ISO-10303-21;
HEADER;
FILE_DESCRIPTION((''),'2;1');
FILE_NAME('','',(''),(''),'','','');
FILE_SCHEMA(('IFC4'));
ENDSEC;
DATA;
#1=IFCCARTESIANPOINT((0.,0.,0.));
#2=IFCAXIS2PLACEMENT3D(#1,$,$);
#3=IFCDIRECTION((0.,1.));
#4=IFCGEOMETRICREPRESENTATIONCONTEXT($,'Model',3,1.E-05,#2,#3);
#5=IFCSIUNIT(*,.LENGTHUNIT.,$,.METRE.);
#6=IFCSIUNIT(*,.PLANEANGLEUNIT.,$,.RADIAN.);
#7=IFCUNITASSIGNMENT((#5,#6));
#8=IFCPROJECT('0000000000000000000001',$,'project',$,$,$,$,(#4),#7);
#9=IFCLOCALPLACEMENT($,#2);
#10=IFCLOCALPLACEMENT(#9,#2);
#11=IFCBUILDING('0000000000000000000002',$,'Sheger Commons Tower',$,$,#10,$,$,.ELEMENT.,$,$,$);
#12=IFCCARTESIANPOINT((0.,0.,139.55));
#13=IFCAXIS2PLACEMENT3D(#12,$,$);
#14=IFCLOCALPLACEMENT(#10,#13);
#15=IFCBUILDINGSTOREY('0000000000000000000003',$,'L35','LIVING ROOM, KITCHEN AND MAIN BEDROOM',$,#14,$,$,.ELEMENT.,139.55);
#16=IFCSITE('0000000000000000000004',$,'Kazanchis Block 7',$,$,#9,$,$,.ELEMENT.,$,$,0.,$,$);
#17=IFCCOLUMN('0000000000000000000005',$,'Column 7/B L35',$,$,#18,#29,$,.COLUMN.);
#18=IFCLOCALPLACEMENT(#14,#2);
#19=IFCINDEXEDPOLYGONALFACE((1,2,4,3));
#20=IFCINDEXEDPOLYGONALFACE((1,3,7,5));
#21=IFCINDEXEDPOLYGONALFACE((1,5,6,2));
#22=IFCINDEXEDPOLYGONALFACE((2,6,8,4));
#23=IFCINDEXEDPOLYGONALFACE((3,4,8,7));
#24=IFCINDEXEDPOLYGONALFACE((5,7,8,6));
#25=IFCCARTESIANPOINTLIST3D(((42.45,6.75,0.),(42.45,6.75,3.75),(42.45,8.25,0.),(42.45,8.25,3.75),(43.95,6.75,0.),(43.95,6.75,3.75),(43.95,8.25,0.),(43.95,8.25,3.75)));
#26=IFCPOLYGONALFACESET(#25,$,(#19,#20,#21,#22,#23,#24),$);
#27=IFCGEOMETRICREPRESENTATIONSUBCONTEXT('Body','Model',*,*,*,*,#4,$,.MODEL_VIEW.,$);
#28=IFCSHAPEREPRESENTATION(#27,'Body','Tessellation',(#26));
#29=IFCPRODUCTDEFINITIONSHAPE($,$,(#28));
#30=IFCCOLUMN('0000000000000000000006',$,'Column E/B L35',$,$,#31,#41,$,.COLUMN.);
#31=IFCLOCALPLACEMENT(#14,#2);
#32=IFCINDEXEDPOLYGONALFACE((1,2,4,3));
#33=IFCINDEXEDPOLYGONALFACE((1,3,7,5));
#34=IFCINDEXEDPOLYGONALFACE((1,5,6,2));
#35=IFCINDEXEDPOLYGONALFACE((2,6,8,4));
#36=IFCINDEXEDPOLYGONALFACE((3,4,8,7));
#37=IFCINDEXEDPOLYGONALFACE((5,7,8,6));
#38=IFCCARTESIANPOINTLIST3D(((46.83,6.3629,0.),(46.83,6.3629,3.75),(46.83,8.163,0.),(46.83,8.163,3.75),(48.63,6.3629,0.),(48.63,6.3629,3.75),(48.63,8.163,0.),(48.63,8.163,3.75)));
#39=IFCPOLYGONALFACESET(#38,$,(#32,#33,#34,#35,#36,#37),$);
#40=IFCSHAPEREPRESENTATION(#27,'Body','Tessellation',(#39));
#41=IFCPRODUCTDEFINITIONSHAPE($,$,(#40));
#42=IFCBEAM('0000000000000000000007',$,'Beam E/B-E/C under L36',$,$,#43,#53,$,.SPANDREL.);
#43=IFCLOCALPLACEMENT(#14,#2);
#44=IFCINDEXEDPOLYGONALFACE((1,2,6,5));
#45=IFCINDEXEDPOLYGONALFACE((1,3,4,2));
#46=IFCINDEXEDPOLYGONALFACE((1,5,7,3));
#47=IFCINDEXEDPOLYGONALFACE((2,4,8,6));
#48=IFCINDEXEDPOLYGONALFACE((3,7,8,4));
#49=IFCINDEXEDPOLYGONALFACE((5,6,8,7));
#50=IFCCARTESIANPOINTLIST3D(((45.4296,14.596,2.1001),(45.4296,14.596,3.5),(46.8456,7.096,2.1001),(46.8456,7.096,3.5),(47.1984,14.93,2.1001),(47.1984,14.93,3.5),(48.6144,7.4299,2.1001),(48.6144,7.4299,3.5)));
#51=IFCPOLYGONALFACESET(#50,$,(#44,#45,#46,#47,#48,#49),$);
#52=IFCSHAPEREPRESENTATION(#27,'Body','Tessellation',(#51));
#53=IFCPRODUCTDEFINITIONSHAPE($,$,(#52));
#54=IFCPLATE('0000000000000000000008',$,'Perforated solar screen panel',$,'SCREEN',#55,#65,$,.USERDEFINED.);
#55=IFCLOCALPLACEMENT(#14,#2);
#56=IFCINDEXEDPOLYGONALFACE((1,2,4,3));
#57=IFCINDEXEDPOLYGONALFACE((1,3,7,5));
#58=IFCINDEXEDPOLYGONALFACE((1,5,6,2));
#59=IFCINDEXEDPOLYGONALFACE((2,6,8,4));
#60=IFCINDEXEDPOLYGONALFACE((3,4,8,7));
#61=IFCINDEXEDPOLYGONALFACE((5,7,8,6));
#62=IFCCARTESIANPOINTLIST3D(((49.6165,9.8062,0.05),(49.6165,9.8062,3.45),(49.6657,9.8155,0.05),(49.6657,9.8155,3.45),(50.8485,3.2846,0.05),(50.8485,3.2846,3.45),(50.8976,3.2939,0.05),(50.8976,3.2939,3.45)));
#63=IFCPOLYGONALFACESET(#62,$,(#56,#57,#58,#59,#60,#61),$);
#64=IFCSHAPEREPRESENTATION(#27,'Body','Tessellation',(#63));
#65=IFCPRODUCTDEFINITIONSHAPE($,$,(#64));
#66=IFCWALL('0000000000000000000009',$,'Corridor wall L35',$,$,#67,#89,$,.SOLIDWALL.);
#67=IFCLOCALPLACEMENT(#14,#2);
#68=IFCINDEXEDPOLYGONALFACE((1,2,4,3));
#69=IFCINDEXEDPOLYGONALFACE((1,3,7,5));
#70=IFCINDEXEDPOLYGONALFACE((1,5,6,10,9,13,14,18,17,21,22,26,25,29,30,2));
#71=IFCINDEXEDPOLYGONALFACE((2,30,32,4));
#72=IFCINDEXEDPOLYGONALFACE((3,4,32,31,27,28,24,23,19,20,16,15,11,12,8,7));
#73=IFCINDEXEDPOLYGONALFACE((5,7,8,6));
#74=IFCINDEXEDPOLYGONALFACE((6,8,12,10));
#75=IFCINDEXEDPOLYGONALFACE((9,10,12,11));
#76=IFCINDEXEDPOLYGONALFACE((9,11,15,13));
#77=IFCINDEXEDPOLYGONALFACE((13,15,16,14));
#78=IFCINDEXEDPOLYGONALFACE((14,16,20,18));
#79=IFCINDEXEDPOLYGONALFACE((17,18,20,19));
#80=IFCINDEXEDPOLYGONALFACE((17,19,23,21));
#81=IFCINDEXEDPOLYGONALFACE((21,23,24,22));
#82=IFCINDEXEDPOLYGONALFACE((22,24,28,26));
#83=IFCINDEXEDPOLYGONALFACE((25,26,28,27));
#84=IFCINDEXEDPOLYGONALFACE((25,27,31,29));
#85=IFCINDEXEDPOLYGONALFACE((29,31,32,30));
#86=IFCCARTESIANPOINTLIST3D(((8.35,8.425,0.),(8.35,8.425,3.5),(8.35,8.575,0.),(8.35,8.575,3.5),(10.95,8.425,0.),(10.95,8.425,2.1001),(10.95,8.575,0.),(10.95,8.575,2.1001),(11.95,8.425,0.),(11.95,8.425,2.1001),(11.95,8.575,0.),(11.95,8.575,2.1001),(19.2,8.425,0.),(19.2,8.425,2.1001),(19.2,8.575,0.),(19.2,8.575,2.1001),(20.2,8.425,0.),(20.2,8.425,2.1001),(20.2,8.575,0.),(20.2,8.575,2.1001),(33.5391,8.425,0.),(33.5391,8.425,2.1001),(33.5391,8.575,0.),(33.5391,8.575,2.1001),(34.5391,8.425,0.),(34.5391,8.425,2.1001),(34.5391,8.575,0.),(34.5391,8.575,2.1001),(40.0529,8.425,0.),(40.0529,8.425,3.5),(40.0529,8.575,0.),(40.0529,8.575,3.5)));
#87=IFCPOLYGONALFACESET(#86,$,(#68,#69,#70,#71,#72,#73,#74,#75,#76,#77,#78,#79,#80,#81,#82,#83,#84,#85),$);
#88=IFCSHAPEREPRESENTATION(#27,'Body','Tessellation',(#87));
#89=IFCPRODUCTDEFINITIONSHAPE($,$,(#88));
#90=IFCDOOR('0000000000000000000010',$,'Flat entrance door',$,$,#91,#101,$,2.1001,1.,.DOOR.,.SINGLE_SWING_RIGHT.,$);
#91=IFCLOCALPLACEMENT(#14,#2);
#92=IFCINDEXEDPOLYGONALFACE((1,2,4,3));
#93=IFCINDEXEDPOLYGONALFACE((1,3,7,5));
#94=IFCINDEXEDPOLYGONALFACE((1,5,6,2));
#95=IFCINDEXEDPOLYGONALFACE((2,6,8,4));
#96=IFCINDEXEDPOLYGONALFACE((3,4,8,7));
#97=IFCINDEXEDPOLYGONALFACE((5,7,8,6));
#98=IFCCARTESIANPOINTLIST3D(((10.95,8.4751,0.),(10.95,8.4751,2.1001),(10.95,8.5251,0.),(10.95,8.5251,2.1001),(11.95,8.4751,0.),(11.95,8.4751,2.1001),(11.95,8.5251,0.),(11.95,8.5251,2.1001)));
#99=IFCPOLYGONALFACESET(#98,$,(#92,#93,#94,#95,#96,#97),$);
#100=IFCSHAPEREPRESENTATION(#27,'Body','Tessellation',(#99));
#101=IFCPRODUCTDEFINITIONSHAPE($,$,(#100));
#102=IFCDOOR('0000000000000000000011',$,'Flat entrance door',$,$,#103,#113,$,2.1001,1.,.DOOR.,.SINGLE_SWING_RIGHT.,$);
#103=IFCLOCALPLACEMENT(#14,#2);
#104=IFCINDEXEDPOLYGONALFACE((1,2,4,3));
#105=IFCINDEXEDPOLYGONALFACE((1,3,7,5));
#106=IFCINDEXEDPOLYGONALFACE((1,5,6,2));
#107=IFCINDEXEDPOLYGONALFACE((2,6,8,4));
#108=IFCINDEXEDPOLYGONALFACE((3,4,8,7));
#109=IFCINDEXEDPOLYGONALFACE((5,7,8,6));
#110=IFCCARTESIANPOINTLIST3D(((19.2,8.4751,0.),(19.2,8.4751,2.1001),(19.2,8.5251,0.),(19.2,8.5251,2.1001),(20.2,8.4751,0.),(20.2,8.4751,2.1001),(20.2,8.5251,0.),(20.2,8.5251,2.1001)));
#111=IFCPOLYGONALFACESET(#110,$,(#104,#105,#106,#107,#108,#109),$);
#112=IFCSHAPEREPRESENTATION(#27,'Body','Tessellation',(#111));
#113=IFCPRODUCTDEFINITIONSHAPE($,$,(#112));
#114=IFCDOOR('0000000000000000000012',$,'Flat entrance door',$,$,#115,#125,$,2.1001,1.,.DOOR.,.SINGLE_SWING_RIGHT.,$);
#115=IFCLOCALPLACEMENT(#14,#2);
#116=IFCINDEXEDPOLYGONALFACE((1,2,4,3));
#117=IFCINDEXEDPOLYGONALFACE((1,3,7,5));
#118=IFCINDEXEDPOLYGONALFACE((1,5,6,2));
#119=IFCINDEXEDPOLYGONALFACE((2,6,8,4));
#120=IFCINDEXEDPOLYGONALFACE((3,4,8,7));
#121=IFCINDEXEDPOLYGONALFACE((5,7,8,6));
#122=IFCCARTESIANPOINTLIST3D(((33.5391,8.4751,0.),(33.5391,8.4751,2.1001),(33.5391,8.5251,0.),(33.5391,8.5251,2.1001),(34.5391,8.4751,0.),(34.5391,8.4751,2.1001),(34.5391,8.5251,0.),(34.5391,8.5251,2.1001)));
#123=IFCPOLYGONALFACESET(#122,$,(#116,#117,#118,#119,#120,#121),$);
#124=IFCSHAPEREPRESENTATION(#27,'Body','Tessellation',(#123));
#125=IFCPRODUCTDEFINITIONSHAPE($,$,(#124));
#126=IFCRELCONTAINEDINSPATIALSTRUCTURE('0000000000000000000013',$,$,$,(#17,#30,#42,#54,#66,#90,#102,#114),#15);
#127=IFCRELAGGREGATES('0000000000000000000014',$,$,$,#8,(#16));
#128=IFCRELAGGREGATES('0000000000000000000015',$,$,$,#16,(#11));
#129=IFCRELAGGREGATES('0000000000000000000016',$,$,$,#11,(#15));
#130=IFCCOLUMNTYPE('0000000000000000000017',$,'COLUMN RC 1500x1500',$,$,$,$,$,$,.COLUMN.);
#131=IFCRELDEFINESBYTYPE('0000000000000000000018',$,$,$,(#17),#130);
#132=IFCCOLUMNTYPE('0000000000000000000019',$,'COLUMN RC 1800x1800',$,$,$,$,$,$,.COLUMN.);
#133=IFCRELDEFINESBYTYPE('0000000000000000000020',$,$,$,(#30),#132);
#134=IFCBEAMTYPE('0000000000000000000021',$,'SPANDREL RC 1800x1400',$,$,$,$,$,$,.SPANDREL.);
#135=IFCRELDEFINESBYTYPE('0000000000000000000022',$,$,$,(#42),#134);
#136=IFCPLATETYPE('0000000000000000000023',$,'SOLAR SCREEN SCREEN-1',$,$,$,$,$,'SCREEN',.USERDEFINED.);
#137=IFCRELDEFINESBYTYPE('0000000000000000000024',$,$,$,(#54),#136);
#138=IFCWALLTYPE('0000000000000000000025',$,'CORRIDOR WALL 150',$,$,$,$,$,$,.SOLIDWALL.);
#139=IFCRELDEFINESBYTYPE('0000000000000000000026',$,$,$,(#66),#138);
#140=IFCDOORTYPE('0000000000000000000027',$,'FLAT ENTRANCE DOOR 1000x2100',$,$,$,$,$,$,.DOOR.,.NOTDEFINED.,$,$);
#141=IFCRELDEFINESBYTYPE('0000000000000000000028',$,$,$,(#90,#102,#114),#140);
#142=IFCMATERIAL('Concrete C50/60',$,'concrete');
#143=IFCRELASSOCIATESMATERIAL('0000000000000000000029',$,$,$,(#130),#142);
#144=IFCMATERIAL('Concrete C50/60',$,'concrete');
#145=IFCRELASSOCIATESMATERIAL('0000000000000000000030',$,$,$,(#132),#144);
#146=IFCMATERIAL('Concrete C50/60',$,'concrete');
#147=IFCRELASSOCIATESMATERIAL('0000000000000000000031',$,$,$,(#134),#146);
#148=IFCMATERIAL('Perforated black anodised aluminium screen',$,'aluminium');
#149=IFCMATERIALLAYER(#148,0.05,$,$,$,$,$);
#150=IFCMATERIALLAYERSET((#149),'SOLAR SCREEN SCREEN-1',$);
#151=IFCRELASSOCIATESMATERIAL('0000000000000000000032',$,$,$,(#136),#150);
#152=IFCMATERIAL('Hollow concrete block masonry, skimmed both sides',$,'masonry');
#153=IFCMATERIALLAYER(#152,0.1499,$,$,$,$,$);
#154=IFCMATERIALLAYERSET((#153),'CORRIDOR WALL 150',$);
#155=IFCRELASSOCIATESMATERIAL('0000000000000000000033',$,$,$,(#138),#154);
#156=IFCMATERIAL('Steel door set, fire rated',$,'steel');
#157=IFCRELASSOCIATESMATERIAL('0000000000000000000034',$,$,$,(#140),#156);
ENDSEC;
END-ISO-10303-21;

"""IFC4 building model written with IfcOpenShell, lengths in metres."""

from ifc_helpers import new_model, si_unit, direction, frame, frame_2d, origin, origin_2d, place, context, subcontext, project, spatial, rectangle, extrude, material, layer, layer_set, material_profile, profile_set, type_object, element, fill, save


model = new_model("IFC4")

# Units and contexts
model_context = context("Model", 3, precision=1e-05, world=origin(), true_north=direction((0.0, 1.0)))
body_context = subcontext(model_context, "Body", "Model", "MODEL_VIEW")
ifc_project = project(units=[si_unit("LENGTHUNIT", "METRE"), si_unit("PLANEANGLEUNIT", "RADIAN")], contexts=[model_context])

# Site, building, storey
site_placement = place(None, origin())
site = spatial("IfcSite", under=ifc_project, at=site_placement, Name="Kazanchis Block 7", CompositionType="ELEMENT", RefElevation=0.0)
building_placement = place(site_placement, origin())
building = spatial("IfcBuilding", under=site, at=building_placement, Name="Sheger Commons Tower", CompositionType="ELEMENT")
storey_placement = place(building_placement, frame((0.0, 0.0, 139.55)))
storey = spatial("IfcBuildingStorey", under=building, at=storey_placement, Name="L35", Description="LIVING ROOM, KITCHEN AND MAIN BEDROOM", CompositionType="ELEMENT", Elevation=139.55)

# Columns
ifc_material_1 = material(Name="Concrete C50/60", Category="concrete")
ifc_material_profile_1 = material_profile(ifc_material_1, rectangle(XDim=1.5, YDim=1.5, at=origin_2d()), Name="RC 1500x1500")
ifc_profile_set_1 = profile_set([ifc_material_profile_1], Name="Concrete C50/60")
column_type_1 = type_object("IfcColumnType", Name="COLUMN RC 1500x1500", PredefinedType="COLUMN", material=ifc_profile_set_1)
column_1_placement = place(storey_placement, frame((43.2, 7.5, 0.0), z_axis=(0.0, 0.0, 1.0), x_axis=(1.0, 0.0, 0.0)))
element("IfcColumn", 1, at=column_1_placement, inside=storey, type_object=column_type_1, Name="Column 7/B L35", PredefinedType="COLUMN", context=body_context, shape_type="SweptSolid", body=[
    extrude(rectangle(XDim=1.5, YDim=1.5, at=origin_2d()), origin(), (0.0, 0.0, 1.0), 3.75),
])
ifc_material_2 = material(Name="Concrete C50/60", Category="concrete")
ifc_material_profile_2 = material_profile(ifc_material_2, rectangle(XDim=1.8, YDim=1.8, at=origin_2d()), Name="RC 1800x1800")
ifc_profile_set_2 = profile_set([ifc_material_profile_2], Name="Concrete C50/60")
column_type_2 = type_object("IfcColumnType", Name="COLUMN RC 1800x1800", PredefinedType="COLUMN", material=ifc_profile_set_2)
column_2_placement = place(storey_placement, frame((47.73, 7.2629, 0.0), z_axis=(0.0, 0.0, 1.0), x_axis=(1.0, 0.0, 0.0)))
element("IfcColumn", 2, at=column_2_placement, inside=storey, type_object=column_type_2, Name="Column E/B L35", PredefinedType="COLUMN", context=body_context, shape_type="SweptSolid", body=[
    extrude(rectangle(XDim=1.8, YDim=1.8, at=origin_2d()), origin(), (0.0, 0.0, 1.0), 3.75),
])

# Beam
ifc_material_3 = material(Name="Concrete C50/60", Category="concrete")
ifc_material_profile_3 = material_profile(ifc_material_3, rectangle(XDim=1.8, YDim=1.3999, at=origin_2d()), Name="RC 1800x1400")
ifc_profile_set_3 = profile_set([ifc_material_profile_3], Name="Concrete C50/60")
beam_type = type_object("IfcBeamType", Name="SPANDREL RC 1800x1400", PredefinedType="SPANDREL", material=ifc_profile_set_3)
beam_placement = place(storey_placement, frame((47.73, 7.2629, 2.8), z_axis=(-0.185524, 0.98264, 0.0), x_axis=(-0.98264, -0.185524, 0.0)))
element("IfcBeam", 3, at=beam_placement, inside=storey, type_object=beam_type, Name="Beam E/B-E/C under L36", PredefinedType="SPANDREL", context=body_context, shape_type="SweptSolid", body=[
    extrude(rectangle(XDim=1.8, YDim=1.3999, at=origin_2d()), origin(), (0.0, 0.0, 1.0), 7.6326),
])

# Plate
ifc_material_4 = material(Name="Perforated black anodised aluminium screen", Category="aluminium")
ifc_layer_1 = layer(ifc_material_4, 0.05)
ifc_layer_set_1 = layer_set([ifc_layer_1], Name="SOLAR SCREEN SCREEN-1")
plate_type = type_object("IfcPlateType", Name="SOLAR SCREEN SCREEN-1", ElementType="SCREEN", PredefinedType="USERDEFINED", material=ifc_layer_set_1)
plate_placement = place(storey_placement, frame((50.2571, 6.55, 0.05), z_axis=(0.0, 0.0, 1.0), x_axis=(-0.185615, 0.982623, 0.0)))
element("IfcPlate", 4, at=plate_placement, inside=storey, type_object=plate_type, Name="Perforated solar screen panel", ObjectType="SCREEN", PredefinedType="USERDEFINED", context=body_context, shape_type="SweptSolid", body=[
    extrude(rectangle(XDim=6.637, YDim=0.05, at=origin_2d()), origin(), (0.0, 0.0, 1.0), 3.3999),
])

# Wall, openings, doors
ifc_material_5 = material(Name="Hollow concrete block masonry, skimmed both sides", Category="masonry")
ifc_layer_2 = layer(ifc_material_5, 0.1499)
ifc_layer_set_2 = layer_set([ifc_layer_2], Name="CORRIDOR WALL 150")
wall_type_1 = type_object("IfcWallType", Name="CORRIDOR WALL 150", PredefinedType="SOLIDWALL", material=ifc_layer_set_2)
wall_1_placement = place(storey_placement, frame((40.053, 8.5, 0.0), z_axis=(0.0, 0.0, 1.0), x_axis=(-1.0, 0.0, 0.0)))
wall_1 = element("IfcWall", 5, at=wall_1_placement, inside=storey, type_object=wall_type_1, Name="Corridor wall L35", PredefinedType="SOLIDWALL", context=body_context, shape_type="SweptSolid", body=[
    extrude(rectangle(XDim=31.7029, YDim=0.1499, at=frame_2d((15.8516, 0.0))), origin(), (0.0, 0.0, 1.0), 3.5),
])
opening_1_placement = place(wall_1_placement, frame((28.103, 0.0, 0.0)))
opening_1 = element("IfcOpeningElement", 6, at=opening_1_placement, cuts=wall_1, PredefinedType="OPENING", context=body_context, shape_type="SweptSolid", body=[
    extrude(rectangle(XDim=1.0, YDim=2.1001, at=frame_2d((0.5, 1.05))), frame((0.0, 0.085, 0.0), z_axis=(0.0, -1.0, 0.0), x_axis=(1.0, 0.0, 0.0)), (0.0, 0.0, 1.0), 0.1699),
])
opening_2_placement = place(wall_1_placement, frame((19.853, 0.0, 0.0)))
opening_2 = element("IfcOpeningElement", 7, at=opening_2_placement, cuts=wall_1, PredefinedType="OPENING", context=body_context, shape_type="SweptSolid", body=[
    extrude(rectangle(XDim=1.0, YDim=2.1001, at=frame_2d((0.5, 1.05))), frame((0.0, 0.085, 0.0), z_axis=(0.0, -1.0, 0.0), x_axis=(1.0, 0.0, 0.0)), (0.0, 0.0, 1.0), 0.1699),
])
opening_3_placement = place(wall_1_placement, frame((5.5139, 0.0, 0.0)))
opening_3 = element("IfcOpeningElement", 8, at=opening_3_placement, cuts=wall_1, PredefinedType="OPENING", context=body_context, shape_type="SweptSolid", body=[
    extrude(rectangle(XDim=1.0, YDim=2.1001, at=frame_2d((0.5, 1.05))), frame((0.0, 0.085, 0.0), z_axis=(0.0, -1.0, 0.0), x_axis=(1.0, 0.0, 0.0)), (0.0, 0.0, 1.0), 0.1699),
])
ifc_material_6 = material(Name="Steel door set, fire rated", Category="steel")
door_type_1 = type_object("IfcDoorType", Name="FLAT ENTRANCE DOOR 1000x2100", OperationType="NOTDEFINED", PredefinedType="DOOR", material=ifc_material_6)
door_1_placement = place(opening_1_placement, origin())
door_1 = element("IfcDoor", 9, at=door_1_placement, inside=storey, type_object=door_type_1, Name="Flat entrance door", OperationType="SINGLE_SWING_RIGHT", OverallHeight=2.1001, OverallWidth=1.0, PredefinedType="DOOR", context=body_context, shape_type="SweptSolid", body=[
    extrude(rectangle(XDim=1.0, YDim=2.1001, at=frame_2d((0.5, 1.05))), frame((0.0, 0.0249, 0.0), z_axis=(0.0, -1.0, 0.0), x_axis=(1.0, 0.0, 0.0)), (0.0, 0.0, 1.0), 0.05),
])
fill(opening_1, door_1)
door_2_placement = place(opening_2_placement, origin())
door_2 = element("IfcDoor", 10, at=door_2_placement, inside=storey, type_object=door_type_1, Name="Flat entrance door", OperationType="SINGLE_SWING_RIGHT", OverallHeight=2.1001, OverallWidth=1.0, PredefinedType="DOOR", context=body_context, shape_type="SweptSolid", body=[
    extrude(rectangle(XDim=1.0, YDim=2.1001, at=frame_2d((0.5, 1.05))), frame((0.0, 0.0249, 0.0), z_axis=(0.0, -1.0, 0.0), x_axis=(1.0, 0.0, 0.0)), (0.0, 0.0, 1.0), 0.05),
])
fill(opening_2, door_2)
door_3_placement = place(opening_3_placement, origin())
door_3 = element("IfcDoor", 11, at=door_3_placement, inside=storey, type_object=door_type_1, Name="Flat entrance door", OperationType="SINGLE_SWING_RIGHT", OverallHeight=2.1001, OverallWidth=1.0, PredefinedType="DOOR", context=body_context, shape_type="SweptSolid", body=[
    extrude(rectangle(XDim=1.0, YDim=2.1001, at=frame_2d((0.5, 1.05))), frame((0.0, 0.0249, 0.0), z_axis=(0.0, -1.0, 0.0), x_axis=(1.0, 0.0, 0.0)), (0.0, 0.0, 1.0), 0.05),
])
fill(opening_3, door_3)

save(model, "model.ifc")
